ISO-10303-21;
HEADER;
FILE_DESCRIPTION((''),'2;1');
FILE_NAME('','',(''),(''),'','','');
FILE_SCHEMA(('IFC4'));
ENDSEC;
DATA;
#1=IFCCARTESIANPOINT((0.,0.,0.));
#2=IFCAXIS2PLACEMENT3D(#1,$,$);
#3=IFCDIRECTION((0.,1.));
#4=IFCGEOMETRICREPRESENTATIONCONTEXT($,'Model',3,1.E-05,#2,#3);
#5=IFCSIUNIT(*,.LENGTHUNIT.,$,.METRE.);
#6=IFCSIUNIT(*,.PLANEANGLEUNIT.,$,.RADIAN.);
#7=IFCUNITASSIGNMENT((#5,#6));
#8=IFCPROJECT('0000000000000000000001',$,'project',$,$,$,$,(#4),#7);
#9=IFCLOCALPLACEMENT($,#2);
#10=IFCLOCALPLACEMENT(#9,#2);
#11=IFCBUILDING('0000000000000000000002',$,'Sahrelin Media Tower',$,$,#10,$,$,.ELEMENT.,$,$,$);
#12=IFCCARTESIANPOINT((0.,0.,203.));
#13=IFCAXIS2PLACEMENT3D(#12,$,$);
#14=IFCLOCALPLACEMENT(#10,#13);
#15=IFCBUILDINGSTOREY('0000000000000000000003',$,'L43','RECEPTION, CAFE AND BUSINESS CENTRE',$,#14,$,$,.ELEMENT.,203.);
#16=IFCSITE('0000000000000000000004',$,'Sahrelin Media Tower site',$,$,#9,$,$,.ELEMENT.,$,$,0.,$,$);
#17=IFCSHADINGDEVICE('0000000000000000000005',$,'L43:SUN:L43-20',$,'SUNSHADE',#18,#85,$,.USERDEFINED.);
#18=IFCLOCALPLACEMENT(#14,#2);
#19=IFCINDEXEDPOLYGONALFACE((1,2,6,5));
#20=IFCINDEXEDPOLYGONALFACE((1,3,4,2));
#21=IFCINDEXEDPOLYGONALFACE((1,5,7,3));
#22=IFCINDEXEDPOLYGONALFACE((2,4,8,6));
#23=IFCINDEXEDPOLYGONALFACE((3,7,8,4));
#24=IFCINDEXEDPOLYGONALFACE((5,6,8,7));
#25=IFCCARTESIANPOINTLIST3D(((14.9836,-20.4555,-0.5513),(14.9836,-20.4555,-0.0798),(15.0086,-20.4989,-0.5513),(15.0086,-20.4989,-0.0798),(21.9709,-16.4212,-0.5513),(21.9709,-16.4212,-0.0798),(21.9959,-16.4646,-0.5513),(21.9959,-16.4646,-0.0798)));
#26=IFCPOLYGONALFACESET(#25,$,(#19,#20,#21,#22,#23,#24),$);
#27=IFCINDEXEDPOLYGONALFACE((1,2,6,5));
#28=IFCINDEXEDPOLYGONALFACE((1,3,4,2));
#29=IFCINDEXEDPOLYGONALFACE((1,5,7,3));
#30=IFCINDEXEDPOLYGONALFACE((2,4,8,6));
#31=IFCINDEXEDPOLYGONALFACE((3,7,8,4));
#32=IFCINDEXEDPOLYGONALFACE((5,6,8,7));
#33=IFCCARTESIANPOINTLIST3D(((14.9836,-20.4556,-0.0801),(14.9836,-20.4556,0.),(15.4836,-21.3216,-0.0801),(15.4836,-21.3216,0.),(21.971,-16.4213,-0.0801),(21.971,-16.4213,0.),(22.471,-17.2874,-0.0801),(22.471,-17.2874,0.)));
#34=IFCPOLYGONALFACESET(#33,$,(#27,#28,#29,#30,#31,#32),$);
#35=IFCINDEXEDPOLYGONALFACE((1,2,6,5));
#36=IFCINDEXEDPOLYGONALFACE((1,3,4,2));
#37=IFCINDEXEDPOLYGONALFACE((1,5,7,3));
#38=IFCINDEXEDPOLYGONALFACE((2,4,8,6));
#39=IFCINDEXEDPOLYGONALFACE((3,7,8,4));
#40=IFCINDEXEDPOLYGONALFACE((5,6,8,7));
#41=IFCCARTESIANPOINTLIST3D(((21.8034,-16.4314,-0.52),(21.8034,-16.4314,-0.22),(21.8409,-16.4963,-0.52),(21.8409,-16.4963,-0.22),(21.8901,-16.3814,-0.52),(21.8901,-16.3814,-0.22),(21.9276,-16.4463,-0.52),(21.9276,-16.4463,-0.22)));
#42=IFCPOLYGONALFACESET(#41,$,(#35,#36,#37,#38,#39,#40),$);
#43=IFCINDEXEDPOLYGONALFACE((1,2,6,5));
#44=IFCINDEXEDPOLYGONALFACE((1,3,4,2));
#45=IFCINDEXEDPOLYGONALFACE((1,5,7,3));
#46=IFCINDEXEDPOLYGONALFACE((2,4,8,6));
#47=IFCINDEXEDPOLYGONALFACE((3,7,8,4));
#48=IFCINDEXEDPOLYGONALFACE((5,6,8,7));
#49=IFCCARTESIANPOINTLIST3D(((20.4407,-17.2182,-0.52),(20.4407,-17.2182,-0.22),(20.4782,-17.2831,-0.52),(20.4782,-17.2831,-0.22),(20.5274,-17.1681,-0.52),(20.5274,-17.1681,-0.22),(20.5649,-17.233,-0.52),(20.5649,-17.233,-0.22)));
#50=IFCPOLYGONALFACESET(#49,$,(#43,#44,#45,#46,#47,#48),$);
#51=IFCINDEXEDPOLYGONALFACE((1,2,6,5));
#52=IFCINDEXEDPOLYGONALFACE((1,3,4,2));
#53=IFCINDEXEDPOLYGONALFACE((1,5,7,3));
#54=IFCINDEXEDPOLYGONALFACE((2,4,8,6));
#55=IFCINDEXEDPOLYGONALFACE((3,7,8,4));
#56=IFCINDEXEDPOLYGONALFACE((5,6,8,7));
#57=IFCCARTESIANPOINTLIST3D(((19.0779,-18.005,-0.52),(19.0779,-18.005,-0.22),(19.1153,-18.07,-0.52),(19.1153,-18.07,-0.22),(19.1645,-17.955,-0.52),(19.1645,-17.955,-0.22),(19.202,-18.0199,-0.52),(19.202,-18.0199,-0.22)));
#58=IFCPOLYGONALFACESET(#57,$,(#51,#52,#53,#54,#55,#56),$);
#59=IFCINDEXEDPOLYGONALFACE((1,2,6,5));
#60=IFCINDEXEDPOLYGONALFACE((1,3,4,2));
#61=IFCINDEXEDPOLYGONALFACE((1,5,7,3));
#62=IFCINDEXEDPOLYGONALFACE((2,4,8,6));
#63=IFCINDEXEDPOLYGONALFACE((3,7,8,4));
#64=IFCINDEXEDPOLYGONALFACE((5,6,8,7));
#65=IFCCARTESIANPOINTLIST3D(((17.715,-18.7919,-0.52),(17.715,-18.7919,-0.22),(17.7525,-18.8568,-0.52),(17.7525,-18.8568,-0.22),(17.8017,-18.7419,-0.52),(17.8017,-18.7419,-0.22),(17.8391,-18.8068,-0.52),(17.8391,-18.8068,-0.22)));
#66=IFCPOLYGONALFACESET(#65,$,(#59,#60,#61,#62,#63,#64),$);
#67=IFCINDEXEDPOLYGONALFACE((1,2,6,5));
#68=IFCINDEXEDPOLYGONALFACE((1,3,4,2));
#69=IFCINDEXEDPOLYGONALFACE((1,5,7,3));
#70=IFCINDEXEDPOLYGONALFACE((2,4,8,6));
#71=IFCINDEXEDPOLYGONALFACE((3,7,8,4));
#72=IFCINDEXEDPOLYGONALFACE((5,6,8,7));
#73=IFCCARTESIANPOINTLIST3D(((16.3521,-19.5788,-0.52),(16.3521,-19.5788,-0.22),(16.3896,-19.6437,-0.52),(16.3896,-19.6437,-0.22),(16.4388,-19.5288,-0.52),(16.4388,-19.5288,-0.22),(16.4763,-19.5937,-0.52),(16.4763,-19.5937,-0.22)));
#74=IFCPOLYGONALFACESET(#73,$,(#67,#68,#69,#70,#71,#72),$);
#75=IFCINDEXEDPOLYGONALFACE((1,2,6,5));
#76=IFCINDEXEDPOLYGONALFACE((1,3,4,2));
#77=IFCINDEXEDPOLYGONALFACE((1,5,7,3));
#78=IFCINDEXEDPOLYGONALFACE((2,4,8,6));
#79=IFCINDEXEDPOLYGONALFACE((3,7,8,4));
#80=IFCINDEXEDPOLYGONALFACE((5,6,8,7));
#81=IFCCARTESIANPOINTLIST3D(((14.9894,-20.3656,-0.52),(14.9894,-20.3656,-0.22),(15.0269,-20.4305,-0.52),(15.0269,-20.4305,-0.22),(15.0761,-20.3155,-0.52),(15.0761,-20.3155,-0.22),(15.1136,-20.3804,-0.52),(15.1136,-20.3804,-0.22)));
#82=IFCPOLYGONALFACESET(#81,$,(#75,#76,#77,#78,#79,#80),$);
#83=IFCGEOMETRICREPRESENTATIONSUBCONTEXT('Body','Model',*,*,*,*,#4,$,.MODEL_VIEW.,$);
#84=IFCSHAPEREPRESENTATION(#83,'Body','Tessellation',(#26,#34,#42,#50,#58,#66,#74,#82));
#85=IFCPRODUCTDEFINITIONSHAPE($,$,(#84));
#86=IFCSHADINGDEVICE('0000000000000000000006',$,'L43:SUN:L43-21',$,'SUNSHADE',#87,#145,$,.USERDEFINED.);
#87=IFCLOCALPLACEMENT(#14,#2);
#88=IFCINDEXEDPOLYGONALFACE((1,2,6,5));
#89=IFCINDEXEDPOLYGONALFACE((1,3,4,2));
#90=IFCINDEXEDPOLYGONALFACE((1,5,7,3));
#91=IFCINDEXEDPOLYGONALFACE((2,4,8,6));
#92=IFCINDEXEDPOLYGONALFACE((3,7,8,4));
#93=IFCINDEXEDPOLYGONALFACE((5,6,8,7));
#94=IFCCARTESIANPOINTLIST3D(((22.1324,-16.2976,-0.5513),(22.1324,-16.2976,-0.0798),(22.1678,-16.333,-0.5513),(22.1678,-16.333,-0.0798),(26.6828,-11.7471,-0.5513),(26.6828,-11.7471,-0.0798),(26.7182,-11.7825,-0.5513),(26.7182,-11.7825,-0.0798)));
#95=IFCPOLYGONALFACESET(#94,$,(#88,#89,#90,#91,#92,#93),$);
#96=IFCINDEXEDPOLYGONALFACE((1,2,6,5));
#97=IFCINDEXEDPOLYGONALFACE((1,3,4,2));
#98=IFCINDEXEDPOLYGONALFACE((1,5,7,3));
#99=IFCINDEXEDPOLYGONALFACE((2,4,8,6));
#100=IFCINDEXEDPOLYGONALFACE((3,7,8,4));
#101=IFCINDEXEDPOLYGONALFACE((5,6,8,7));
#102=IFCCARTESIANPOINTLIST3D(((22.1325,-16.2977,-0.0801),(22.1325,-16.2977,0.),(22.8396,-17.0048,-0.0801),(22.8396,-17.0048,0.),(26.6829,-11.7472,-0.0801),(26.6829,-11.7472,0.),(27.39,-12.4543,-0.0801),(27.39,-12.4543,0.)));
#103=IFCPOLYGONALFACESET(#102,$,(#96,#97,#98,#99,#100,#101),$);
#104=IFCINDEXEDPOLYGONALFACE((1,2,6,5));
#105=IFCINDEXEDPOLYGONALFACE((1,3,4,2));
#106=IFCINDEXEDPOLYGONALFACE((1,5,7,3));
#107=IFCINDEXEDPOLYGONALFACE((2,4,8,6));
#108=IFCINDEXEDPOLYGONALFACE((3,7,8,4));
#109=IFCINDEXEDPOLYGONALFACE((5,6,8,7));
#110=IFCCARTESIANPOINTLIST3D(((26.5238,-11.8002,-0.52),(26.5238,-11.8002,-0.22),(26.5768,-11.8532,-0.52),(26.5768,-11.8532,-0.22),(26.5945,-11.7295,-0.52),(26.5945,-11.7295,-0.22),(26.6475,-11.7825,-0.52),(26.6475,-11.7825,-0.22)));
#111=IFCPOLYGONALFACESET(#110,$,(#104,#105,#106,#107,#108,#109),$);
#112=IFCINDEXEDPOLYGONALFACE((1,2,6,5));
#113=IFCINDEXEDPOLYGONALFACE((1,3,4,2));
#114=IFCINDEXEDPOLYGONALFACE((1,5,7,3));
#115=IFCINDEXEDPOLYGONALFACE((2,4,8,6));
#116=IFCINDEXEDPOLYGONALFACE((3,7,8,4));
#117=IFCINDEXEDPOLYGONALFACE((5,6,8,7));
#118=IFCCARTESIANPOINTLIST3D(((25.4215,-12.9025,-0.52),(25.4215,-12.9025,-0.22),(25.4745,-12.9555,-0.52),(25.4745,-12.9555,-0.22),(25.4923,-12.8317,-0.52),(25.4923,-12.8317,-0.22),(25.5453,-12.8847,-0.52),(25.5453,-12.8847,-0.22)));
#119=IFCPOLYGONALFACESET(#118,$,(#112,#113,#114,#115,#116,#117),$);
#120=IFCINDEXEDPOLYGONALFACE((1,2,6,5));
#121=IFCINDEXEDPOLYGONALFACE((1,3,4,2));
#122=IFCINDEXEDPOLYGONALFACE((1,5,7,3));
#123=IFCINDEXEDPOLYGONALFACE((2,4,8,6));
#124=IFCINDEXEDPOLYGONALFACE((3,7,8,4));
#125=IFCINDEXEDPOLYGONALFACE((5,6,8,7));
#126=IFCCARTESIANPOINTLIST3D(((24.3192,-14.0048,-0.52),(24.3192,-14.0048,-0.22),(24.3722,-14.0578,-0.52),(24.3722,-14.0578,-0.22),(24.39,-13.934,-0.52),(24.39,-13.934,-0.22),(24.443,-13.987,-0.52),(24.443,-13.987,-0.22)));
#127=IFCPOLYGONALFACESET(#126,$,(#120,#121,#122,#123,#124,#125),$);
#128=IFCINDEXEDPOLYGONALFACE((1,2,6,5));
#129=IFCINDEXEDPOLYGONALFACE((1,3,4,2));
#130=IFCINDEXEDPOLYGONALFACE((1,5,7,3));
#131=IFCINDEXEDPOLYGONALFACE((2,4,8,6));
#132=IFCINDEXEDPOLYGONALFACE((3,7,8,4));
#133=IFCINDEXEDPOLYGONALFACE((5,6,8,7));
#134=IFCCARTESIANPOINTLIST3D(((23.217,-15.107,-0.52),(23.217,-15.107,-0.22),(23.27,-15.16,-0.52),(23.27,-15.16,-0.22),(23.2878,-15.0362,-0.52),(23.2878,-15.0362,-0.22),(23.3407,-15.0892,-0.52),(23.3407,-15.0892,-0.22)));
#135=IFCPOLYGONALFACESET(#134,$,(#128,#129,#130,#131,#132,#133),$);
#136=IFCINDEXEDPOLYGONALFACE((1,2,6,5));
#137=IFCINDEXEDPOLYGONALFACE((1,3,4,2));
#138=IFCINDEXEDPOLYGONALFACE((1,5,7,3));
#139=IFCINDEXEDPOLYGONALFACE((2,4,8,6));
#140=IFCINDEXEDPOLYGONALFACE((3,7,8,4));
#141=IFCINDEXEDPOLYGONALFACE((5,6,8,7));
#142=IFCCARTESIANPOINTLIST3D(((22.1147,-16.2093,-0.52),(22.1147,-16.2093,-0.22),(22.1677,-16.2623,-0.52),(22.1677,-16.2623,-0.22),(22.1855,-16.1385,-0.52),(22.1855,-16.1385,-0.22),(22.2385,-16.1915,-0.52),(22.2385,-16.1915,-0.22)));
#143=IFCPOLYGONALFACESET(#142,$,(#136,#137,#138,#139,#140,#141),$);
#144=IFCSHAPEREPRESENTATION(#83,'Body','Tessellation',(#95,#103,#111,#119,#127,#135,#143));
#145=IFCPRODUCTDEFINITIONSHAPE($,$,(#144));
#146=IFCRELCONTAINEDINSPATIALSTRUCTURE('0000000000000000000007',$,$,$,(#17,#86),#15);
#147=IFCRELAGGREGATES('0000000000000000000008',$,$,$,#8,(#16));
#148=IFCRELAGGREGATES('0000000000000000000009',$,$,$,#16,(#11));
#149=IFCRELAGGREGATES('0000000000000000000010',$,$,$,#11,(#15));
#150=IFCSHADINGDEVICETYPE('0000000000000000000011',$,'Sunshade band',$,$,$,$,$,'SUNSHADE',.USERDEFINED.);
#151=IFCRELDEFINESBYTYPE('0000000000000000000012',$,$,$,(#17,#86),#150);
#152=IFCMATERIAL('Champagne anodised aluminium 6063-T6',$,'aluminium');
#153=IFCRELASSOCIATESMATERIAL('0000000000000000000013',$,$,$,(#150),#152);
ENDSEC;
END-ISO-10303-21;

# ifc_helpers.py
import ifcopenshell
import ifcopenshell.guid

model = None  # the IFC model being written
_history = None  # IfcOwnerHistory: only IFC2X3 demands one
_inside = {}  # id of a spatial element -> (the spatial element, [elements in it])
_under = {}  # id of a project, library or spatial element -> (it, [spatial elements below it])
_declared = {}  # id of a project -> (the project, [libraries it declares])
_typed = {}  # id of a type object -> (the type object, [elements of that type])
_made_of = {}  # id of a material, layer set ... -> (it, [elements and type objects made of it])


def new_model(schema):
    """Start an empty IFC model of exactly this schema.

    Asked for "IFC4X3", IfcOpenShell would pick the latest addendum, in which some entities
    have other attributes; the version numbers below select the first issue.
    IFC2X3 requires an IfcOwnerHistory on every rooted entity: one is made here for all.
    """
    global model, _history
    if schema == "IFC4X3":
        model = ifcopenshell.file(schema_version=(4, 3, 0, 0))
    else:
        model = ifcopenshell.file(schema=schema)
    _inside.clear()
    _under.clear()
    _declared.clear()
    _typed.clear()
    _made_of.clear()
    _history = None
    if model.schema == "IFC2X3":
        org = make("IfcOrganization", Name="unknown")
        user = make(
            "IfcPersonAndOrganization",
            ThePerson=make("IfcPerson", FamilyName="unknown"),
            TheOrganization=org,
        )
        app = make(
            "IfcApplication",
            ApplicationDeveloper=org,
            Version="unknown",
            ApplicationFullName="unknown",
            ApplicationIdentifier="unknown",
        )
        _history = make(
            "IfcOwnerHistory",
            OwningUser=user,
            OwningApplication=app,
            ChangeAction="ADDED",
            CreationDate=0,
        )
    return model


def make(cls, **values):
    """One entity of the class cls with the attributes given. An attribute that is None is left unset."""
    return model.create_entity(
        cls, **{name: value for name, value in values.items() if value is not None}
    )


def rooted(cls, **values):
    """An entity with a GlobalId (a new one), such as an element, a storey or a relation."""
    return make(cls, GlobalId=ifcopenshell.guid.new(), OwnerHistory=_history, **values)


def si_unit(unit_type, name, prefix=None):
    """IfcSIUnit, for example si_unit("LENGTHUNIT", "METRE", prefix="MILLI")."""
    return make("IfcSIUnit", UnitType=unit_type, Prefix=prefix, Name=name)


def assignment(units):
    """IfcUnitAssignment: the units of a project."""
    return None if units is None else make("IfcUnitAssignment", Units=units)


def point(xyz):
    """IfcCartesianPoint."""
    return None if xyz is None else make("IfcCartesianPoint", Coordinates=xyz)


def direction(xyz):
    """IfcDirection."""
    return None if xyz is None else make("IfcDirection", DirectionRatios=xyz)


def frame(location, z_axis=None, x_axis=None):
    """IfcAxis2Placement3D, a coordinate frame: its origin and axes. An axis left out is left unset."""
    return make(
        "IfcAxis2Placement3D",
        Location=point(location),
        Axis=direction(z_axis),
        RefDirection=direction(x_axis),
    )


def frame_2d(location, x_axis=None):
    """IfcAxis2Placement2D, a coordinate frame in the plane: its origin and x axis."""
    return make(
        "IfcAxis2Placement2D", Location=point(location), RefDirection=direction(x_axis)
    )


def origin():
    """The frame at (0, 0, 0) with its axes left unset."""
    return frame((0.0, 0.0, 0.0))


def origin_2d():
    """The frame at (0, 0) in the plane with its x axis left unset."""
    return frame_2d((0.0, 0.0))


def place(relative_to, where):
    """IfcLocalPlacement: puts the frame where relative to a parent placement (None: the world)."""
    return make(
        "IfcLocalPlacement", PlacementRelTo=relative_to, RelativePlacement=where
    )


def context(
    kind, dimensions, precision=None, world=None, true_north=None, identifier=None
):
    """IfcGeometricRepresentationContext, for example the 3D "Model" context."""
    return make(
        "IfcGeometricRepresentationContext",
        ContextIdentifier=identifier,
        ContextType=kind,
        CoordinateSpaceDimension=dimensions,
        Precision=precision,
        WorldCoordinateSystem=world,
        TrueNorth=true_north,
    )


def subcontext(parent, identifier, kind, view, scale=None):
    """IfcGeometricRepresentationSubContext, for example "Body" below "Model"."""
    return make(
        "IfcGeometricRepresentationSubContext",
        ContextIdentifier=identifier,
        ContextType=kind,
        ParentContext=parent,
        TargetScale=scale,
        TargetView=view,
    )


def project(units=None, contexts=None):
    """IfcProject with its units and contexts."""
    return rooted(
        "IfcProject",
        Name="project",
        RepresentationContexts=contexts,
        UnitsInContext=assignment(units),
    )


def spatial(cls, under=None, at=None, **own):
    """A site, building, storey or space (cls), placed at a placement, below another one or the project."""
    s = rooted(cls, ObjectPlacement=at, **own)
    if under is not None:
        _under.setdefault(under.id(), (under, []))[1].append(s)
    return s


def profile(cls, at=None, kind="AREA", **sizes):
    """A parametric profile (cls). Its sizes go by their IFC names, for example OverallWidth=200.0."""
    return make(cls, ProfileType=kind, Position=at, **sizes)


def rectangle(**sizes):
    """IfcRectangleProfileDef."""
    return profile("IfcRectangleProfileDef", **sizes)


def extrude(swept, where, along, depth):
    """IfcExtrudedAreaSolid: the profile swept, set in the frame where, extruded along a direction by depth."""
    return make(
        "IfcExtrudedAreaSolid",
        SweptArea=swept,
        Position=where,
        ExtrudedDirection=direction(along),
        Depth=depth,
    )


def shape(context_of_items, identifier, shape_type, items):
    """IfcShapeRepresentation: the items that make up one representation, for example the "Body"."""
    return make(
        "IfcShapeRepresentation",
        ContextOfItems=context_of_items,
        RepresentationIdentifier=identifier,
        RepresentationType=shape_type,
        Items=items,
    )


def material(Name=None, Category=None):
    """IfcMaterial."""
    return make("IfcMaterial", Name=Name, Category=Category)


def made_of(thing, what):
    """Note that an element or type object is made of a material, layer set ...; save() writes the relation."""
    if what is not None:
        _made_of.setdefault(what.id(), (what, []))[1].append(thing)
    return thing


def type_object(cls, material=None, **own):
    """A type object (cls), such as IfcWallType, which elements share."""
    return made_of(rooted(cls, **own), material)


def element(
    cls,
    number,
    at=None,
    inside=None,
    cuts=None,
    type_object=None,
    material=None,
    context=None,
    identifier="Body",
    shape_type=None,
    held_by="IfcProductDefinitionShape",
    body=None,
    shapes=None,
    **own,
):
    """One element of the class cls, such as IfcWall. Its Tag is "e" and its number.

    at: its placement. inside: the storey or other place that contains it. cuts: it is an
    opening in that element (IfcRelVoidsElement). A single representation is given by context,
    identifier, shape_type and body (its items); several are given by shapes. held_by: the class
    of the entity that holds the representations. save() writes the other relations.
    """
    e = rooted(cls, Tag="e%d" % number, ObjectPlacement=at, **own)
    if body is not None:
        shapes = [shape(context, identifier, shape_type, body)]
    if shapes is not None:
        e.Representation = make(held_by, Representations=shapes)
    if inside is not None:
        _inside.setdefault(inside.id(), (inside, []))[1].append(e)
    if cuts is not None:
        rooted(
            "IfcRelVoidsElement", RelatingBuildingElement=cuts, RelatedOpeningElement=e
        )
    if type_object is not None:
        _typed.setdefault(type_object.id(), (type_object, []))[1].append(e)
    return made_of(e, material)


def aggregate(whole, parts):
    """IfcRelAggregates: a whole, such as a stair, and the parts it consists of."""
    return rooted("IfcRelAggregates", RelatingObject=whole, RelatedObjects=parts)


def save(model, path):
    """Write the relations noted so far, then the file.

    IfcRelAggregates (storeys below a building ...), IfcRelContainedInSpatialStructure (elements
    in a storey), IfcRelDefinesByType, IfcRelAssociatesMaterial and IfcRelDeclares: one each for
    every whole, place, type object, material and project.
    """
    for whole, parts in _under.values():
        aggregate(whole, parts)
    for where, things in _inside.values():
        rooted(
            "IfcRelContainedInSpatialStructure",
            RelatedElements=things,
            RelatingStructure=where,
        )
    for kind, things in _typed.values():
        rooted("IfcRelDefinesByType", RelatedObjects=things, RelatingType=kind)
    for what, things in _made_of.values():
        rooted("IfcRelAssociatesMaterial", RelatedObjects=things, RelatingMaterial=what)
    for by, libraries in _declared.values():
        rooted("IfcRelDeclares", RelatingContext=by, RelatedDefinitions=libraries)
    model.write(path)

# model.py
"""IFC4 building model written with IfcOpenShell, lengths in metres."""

from ifc_helpers import new_model, si_unit, direction, frame, origin, origin_2d, place, context, subcontext, project, spatial, rectangle, extrude, material, type_object, element, save


model = new_model("IFC4")

# Units and contexts
model_context = context("Model", 3, precision=1e-05, world=origin(), true_north=direction((0.0, 1.0)))
body_context = subcontext(model_context, "Body", "Model", "MODEL_VIEW")
ifc_project = project(units=[si_unit("LENGTHUNIT", "METRE"), si_unit("PLANEANGLEUNIT", "RADIAN")], contexts=[model_context])

# Site, building, storey
site_placement = place(None, origin())
site = spatial("IfcSite", under=ifc_project, at=site_placement, Name="Sahrelin Media Tower site", CompositionType="ELEMENT", RefElevation=0.0)
building_placement = place(site_placement, origin())
building = spatial("IfcBuilding", under=site, at=building_placement, Name="Sahrelin Media Tower", CompositionType="ELEMENT")
storey_placement = place(building_placement, frame((0.0, 0.0, 203.0)))
storey = spatial("IfcBuildingStorey", under=building, at=storey_placement, Name="L43", Description="RECEPTION, CAFE AND BUSINESS CENTRE", CompositionType="ELEMENT", Elevation=203.0)

# Shared definitions
ifc_material_1 = material(Name="Champagne anodised aluminium 6063-T6", Category="aluminium")

# Shading devices
placement_1 = place(storey_placement, frame((18.4673, -18.4211, 0.0), z_axis=(0.0, 0.0, 1.0), x_axis=(-0.866019, -0.500011, 0.0)))
placement_2 = place(storey_placement, frame((24.3936, -14.0083, 0.0), z_axis=(0.0, 0.0, 1.0), x_axis=(-0.707107, -0.707107, 0.0)))
shading_device_type_1 = type_object("IfcShadingDeviceType", Name="Sunshade band", ElementType="SUNSHADE", PredefinedType="USERDEFINED", material=ifc_material_1)
element("IfcShadingDevice", 1, at=placement_1, inside=storey, type_object=shading_device_type_1, Name="L43:SUN:L43-20", ObjectType="SUNSHADE", PredefinedType="USERDEFINED", context=body_context, shape_type="SweptSolid", body=[
    extrude(rectangle(XDim=8.0684, YDim=0.05, at=origin_2d()), frame((0.0, 0.0449, -0.5513)), (0.0, 0.0, 1.0), 0.4714),
    extrude(rectangle(XDim=8.0684, YDim=1.0, at=origin_2d()), frame((0.0, 0.52, -0.0801)), (0.0, 0.0, 1.0), 0.0801),
    extrude(rectangle(XDim=0.1001, YDim=0.075, at=origin_2d()), frame((-3.9341, -0.0176, -0.52)), (0.0, 0.0, 1.0), 0.3),
    extrude(rectangle(XDim=0.1001, YDim=0.075, at=origin_2d()), frame((-2.3606, -0.0176, -0.52)), (0.0, 0.0, 1.0), 0.3),
    extrude(rectangle(XDim=0.1001, YDim=0.075, at=origin_2d()), frame((-0.7869, -0.0176, -0.52)), (0.0, 0.0, 1.0), 0.3),
    extrude(rectangle(XDim=0.1001, YDim=0.075, at=origin_2d()), frame((0.7869, -0.0176, -0.52)), (0.0, 0.0, 1.0), 0.3),
    extrude(rectangle(XDim=0.1001, YDim=0.075, at=origin_2d()), frame((2.3606, -0.0176, -0.52)), (0.0, 0.0, 1.0), 0.3),
    extrude(rectangle(XDim=0.1001, YDim=0.075, at=origin_2d()), frame((3.9341, -0.0176, -0.52)), (0.0, 0.0, 1.0), 0.3),
])
element("IfcShadingDevice", 2, at=placement_2, inside=storey, type_object=shading_device_type_1, Name="L43:SUN:L43-21", ObjectType="SUNSHADE", PredefinedType="USERDEFINED", context=body_context, shape_type="SweptSolid", body=[
    extrude(rectangle(XDim=6.4353, YDim=0.05, at=origin_2d()), frame((0.0, 0.0449, -0.5513)), (0.0, 0.0, 1.0), 0.4714),
    extrude(rectangle(XDim=6.4353, YDim=1.0, at=origin_2d()), frame((0.0, 0.52, -0.0801)), (0.0, 0.0, 1.0), 0.0801),
    extrude(rectangle(XDim=0.1001, YDim=0.075, at=origin_2d()), frame((-3.1177, -0.0176, -0.52)), (0.0, 0.0, 1.0), 0.3),
    extrude(rectangle(XDim=0.1001, YDim=0.075, at=origin_2d()), frame((-1.5588, -0.0176, -0.52)), (0.0, 0.0, 1.0), 0.3),
    extrude(rectangle(XDim=0.1001, YDim=0.075, at=origin_2d()), frame((0.0, -0.0176, -0.52)), (0.0, 0.0, 1.0), 0.3),
    extrude(rectangle(XDim=0.1001, YDim=0.075, at=origin_2d()), frame((1.5588, -0.0176, -0.52)), (0.0, 0.0, 1.0), 0.3),
    extrude(rectangle(XDim=0.1001, YDim=0.075, at=origin_2d()), frame((3.1177, -0.0176, -0.52)), (0.0, 0.0, 1.0), 0.3),
])

save(model, "model.ifc")
